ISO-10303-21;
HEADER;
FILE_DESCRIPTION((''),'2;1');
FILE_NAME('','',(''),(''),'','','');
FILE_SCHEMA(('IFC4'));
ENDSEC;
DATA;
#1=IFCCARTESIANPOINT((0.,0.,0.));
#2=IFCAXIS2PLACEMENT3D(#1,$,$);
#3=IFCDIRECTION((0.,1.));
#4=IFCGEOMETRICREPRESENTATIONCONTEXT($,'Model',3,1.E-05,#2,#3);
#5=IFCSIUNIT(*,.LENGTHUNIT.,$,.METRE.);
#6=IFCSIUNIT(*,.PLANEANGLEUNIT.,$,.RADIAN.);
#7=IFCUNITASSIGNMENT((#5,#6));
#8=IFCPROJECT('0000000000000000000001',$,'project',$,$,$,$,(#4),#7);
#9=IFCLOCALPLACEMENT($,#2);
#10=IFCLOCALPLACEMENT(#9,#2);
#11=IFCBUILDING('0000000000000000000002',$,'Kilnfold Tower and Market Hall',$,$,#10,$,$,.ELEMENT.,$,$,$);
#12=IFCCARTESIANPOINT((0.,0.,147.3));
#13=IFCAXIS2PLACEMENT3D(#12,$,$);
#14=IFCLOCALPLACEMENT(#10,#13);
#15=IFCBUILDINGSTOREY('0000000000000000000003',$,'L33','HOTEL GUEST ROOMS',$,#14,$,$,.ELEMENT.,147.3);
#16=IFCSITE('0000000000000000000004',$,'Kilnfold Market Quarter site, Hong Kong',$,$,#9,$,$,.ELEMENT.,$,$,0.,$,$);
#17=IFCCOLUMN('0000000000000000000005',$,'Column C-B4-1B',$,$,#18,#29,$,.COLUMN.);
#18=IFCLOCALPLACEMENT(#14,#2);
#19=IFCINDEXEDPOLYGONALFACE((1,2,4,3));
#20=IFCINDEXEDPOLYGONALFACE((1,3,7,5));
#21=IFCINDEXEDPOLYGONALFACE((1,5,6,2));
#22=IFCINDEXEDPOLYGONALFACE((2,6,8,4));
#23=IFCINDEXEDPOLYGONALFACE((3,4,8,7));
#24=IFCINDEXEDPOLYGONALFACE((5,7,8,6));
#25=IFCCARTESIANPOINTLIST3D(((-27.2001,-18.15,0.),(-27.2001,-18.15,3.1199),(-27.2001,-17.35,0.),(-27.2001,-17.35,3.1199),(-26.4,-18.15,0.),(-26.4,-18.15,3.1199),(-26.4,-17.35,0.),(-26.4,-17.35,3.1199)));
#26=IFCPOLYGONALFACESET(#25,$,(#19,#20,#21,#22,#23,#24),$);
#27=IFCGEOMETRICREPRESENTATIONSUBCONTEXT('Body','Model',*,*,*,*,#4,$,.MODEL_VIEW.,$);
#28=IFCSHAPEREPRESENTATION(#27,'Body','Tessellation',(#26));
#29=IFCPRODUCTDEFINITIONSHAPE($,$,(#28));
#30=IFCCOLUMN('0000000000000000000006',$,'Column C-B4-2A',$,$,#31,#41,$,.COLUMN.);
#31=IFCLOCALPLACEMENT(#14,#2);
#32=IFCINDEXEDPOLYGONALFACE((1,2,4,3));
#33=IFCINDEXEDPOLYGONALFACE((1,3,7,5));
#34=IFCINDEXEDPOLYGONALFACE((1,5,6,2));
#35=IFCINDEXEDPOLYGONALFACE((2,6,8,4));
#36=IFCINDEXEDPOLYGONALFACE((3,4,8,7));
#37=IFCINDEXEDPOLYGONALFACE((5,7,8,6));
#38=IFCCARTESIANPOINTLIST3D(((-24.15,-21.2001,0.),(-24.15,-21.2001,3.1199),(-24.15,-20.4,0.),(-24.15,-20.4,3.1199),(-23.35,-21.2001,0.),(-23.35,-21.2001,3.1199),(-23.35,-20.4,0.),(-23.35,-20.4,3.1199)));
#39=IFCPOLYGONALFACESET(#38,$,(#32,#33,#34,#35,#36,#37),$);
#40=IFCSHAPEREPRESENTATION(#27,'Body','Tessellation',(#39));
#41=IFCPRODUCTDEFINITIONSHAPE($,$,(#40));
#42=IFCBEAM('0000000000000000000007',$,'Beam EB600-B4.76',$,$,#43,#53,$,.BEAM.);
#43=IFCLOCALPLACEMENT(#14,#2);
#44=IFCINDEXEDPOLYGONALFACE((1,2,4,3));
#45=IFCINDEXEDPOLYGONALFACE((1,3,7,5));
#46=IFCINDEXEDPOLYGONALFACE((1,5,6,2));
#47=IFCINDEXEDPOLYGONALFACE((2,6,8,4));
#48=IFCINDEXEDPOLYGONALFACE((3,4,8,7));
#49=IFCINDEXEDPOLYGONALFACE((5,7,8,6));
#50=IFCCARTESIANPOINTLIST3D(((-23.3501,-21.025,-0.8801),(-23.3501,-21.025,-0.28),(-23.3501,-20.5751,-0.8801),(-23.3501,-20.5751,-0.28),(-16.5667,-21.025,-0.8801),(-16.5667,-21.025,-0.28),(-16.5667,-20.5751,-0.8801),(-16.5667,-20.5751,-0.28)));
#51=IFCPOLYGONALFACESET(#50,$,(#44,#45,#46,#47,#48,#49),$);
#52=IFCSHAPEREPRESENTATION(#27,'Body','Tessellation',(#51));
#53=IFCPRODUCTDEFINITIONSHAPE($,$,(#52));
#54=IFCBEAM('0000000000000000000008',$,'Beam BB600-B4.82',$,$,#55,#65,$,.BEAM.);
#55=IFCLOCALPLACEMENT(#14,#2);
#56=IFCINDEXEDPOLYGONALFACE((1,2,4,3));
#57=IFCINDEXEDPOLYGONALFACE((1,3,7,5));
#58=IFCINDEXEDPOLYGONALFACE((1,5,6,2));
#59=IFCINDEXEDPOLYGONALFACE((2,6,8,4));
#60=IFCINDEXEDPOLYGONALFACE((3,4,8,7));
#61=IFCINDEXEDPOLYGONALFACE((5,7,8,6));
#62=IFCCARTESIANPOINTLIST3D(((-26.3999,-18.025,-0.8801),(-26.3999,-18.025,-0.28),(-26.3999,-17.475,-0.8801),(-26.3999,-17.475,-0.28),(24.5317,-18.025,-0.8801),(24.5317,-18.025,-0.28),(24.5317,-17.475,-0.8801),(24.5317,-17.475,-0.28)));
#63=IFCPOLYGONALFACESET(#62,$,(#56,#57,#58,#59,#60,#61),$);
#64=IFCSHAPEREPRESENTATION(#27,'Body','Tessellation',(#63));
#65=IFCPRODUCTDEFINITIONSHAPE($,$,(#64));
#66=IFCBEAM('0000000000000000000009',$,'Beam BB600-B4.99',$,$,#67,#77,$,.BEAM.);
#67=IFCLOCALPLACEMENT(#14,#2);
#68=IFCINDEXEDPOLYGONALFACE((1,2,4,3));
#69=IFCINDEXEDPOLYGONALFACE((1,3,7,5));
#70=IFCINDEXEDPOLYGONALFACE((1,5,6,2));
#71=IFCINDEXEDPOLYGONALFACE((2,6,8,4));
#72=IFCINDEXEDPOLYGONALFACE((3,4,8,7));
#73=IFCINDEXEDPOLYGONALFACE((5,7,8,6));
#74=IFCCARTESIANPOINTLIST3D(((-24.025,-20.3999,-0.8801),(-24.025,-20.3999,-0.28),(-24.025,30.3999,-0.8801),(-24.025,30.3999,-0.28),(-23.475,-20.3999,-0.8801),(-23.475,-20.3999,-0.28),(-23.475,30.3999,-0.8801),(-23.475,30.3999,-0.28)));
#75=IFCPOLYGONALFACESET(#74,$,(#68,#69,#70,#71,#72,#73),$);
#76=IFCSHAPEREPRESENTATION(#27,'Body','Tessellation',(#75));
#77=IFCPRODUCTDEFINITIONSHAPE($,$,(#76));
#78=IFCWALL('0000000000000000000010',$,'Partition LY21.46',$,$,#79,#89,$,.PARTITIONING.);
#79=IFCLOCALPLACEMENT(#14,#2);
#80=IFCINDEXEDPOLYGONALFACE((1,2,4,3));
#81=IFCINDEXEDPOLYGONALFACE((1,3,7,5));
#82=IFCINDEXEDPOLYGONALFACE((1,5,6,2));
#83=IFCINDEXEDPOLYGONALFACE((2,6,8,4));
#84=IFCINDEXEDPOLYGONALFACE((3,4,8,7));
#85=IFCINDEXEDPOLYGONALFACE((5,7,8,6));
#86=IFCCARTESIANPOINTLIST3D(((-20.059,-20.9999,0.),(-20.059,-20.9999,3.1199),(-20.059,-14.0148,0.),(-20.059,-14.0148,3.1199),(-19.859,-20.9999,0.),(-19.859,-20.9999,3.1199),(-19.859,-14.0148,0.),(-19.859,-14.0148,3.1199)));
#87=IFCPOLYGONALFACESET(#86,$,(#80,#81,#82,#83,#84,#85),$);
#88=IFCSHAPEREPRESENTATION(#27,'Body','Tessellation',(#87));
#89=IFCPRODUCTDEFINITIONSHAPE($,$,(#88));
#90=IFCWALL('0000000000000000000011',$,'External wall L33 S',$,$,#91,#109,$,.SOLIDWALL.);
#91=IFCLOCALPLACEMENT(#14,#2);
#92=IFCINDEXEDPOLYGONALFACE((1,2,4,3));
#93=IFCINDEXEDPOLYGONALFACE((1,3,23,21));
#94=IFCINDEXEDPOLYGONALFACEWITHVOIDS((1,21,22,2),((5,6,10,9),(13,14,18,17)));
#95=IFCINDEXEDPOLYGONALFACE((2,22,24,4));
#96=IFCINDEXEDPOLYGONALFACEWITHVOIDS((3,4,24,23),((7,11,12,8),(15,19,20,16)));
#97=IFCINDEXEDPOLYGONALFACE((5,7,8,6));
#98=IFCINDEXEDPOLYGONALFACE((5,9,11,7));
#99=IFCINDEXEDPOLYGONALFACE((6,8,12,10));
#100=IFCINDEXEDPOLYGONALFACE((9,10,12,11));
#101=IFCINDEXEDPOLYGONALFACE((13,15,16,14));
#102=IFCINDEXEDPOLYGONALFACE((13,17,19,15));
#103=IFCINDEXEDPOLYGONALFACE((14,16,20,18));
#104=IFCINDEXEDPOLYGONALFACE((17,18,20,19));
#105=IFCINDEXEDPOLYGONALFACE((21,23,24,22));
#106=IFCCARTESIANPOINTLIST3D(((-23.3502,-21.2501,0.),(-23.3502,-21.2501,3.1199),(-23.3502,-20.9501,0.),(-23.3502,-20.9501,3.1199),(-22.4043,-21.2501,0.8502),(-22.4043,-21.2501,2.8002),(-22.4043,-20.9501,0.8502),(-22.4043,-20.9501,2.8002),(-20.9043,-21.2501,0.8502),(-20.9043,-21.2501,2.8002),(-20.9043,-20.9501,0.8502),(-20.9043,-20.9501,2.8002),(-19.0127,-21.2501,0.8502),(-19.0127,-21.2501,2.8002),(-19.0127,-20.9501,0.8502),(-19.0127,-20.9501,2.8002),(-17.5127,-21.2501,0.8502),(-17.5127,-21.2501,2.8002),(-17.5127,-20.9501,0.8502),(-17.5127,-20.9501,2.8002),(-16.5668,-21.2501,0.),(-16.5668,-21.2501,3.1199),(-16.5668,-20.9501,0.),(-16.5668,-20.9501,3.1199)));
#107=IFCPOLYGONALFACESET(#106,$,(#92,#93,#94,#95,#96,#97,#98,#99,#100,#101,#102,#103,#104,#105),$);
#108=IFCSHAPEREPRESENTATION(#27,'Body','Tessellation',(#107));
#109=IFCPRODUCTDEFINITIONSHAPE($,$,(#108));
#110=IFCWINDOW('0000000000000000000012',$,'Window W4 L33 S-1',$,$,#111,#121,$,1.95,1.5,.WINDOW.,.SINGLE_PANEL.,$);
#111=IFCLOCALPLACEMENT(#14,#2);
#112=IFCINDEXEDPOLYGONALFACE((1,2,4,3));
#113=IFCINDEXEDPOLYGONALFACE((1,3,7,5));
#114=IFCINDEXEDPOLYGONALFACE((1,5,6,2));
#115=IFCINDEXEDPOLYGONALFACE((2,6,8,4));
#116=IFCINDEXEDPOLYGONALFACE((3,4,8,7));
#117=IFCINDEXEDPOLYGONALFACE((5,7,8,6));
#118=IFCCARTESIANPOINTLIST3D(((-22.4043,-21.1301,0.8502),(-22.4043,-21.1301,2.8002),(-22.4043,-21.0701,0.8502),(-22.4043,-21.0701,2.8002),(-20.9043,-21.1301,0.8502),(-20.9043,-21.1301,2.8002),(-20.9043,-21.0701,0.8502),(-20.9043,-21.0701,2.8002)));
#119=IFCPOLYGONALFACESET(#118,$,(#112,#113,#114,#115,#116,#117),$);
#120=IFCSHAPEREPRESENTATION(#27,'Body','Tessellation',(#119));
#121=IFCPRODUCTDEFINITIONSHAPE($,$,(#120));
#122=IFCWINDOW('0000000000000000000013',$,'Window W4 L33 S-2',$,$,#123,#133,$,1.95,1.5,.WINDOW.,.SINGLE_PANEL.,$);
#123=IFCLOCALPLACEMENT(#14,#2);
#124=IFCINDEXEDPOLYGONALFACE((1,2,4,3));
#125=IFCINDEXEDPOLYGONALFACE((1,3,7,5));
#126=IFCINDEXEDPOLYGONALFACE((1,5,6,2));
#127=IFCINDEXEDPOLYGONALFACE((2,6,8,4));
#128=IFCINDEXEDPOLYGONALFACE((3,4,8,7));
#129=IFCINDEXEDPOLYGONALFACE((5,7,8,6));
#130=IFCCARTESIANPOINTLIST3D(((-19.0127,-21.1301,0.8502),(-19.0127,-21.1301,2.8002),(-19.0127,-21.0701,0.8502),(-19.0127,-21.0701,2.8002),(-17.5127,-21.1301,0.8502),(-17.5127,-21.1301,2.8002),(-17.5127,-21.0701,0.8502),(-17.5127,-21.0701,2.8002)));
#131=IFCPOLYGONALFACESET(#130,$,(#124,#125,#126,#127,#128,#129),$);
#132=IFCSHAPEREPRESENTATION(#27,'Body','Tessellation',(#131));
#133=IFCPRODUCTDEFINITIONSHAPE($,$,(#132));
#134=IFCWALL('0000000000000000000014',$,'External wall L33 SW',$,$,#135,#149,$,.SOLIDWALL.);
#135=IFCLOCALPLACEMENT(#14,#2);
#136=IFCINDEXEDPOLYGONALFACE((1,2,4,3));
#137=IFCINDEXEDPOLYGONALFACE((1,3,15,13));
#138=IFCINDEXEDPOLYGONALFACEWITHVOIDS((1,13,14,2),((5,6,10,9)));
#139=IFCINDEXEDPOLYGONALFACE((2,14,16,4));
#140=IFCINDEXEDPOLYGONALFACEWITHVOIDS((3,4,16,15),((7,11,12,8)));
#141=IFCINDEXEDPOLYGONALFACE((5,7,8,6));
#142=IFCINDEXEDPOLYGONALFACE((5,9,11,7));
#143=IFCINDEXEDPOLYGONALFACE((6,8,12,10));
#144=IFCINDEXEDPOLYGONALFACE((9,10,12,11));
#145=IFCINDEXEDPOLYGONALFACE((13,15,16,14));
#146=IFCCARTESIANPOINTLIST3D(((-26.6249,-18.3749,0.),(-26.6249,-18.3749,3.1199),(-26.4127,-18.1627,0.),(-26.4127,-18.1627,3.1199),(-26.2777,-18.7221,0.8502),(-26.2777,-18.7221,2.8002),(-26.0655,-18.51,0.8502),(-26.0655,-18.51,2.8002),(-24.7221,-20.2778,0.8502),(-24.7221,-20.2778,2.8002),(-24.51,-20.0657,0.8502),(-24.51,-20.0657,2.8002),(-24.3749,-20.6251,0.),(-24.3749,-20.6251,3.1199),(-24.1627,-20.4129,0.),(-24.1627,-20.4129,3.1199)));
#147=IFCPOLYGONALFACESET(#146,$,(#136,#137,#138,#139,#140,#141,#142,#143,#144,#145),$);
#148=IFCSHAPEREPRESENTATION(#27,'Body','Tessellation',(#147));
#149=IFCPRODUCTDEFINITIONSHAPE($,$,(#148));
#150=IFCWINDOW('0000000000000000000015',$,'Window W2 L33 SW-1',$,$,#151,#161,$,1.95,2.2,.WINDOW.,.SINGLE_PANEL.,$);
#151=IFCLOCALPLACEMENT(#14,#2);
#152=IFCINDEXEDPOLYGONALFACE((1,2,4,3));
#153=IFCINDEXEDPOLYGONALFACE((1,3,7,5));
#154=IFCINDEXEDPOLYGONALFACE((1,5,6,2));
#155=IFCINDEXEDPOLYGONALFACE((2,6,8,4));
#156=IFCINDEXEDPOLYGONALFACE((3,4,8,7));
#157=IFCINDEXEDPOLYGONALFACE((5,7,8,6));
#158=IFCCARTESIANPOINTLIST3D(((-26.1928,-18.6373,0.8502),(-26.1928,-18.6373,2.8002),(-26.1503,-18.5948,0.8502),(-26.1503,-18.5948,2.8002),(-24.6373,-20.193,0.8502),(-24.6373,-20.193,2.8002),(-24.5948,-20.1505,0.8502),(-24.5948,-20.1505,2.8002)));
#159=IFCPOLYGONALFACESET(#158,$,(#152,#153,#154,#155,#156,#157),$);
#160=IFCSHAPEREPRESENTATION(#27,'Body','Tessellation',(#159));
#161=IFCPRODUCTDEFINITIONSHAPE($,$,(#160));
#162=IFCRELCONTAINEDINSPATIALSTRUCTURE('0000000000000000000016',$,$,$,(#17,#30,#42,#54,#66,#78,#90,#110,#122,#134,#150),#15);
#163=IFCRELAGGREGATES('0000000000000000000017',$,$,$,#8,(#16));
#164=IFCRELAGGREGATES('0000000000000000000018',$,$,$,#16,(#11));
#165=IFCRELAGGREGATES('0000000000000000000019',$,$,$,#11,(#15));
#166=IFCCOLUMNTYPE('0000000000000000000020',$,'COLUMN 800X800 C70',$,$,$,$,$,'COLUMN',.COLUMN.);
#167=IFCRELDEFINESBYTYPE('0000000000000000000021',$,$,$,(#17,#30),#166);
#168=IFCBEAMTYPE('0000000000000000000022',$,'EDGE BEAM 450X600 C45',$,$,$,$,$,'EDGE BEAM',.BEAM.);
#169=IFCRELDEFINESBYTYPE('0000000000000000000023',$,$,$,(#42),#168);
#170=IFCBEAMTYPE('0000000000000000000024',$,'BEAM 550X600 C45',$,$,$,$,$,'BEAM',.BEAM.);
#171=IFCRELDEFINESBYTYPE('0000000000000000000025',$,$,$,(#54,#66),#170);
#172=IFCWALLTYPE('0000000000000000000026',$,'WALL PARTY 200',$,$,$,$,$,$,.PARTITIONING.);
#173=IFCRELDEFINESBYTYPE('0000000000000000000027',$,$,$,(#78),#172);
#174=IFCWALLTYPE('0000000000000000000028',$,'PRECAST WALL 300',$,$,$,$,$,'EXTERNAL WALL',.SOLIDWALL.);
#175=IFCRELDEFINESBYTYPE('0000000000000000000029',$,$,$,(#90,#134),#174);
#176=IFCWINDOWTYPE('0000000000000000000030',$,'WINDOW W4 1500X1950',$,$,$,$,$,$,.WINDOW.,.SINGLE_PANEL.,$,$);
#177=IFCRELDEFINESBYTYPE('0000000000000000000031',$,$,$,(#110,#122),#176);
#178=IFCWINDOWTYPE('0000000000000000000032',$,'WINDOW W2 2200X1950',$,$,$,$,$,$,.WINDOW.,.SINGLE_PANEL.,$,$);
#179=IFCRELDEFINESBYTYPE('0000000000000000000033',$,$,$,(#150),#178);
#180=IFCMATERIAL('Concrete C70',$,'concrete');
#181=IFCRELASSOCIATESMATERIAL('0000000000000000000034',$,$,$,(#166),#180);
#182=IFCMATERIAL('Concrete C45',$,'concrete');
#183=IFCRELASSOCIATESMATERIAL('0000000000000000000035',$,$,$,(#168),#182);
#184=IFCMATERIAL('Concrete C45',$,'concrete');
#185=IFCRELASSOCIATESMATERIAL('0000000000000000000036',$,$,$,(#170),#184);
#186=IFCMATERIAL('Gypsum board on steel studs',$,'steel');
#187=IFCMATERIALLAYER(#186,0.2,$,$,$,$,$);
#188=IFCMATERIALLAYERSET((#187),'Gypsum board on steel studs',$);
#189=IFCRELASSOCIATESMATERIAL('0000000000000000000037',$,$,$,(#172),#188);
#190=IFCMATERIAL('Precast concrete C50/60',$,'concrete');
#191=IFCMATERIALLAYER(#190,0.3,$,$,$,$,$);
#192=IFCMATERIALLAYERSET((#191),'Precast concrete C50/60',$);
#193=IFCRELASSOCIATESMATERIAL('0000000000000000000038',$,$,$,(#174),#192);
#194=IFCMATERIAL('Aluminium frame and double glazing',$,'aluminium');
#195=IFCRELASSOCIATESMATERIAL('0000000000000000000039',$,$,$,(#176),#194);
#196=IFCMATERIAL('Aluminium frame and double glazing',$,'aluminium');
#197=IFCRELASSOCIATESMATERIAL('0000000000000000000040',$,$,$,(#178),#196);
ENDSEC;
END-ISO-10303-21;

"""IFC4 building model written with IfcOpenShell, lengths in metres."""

from ifc_helpers import new_model, si_unit, direction, frame, frame_2d, origin, origin_2d, place, context, subcontext, project, spatial, rectangle, extrude, source, transform, mapped, material, layer, layer_set, material_profile, profile_set, type_object, element, fill, save


model = new_model("IFC4")

# Units and contexts
model_context = context("Model", 3, precision=1e-05, world=origin(), true_north=direction((0.0, 1.0)))
body_context = subcontext(model_context, "Body", "Model", "MODEL_VIEW")
ifc_project = project(units=[si_unit("LENGTHUNIT", "METRE"), si_unit("PLANEANGLEUNIT", "RADIAN")], contexts=[model_context])

# Site, building, storey
site_placement = place(None, origin())
site = spatial("IfcSite", under=ifc_project, at=site_placement, Name="Kilnfold Market Quarter site, Hong Kong", CompositionType="ELEMENT", RefElevation=0.0)
building_placement = place(site_placement, origin())
building = spatial("IfcBuilding", under=site, at=building_placement, Name="Kilnfold Tower and Market Hall", CompositionType="ELEMENT")
storey_placement = place(building_placement, frame((0.0, 0.0, 147.3)))
storey = spatial("IfcBuildingStorey", under=building, at=storey_placement, Name="L33", Description="HOTEL GUEST ROOMS", CompositionType="ELEMENT", Elevation=147.3)

# Columns
ifc_material_1 = material(Name="Concrete C70", Category="concrete")
ifc_material_profile_1 = material_profile(ifc_material_1, rectangle(XDim=0.8, YDim=0.8, at=origin_2d()), Name="RC 800x800")
ifc_profile_set_1 = profile_set([ifc_material_profile_1], Name="Concrete C70")
column_type = type_object("IfcColumnType", Name="COLUMN 800X800 C70", ElementType="COLUMN", PredefinedType="COLUMN", material=ifc_profile_set_1)
shared_shape_1 = source(origin(), body_context, "Body", "SweptSolid", [
    extrude(rectangle(XDim=0.8, YDim=0.8, at=origin_2d()), origin(), (0.0, 0.0, 1.0), 3.1199),
])
for number, where, z_axis, x_axis, name in (
    (1, (-26.8, -17.75, 0.0), (0.0, 0.0, 1.0), (1.0, 0.0, 0.0), "Column C-B4-1B"),
    (2, (-23.75, -20.8, 0.0), (0.0, 0.0, 1.0), (1.0, 0.0, 0.0), "Column C-B4-2A"),
):
    element("IfcColumn", number, at=place(storey_placement, frame(where, z_axis=z_axis, x_axis=x_axis)), inside=storey, type_object=column_type, Name=name, PredefinedType="COLUMN", context=body_context, shape_type="MappedRepresentation", body=[
        mapped(shared_shape_1, transform((0.0, 0.0, 0.0))),
    ])

# Beams
ifc_material_2 = material(Name="Concrete C45", Category="concrete")
ifc_material_profile_2 = material_profile(ifc_material_2, rectangle(XDim=0.45, YDim=0.6001, at=origin_2d()), Name="RC 450x600")
ifc_profile_set_2 = profile_set([ifc_material_profile_2], Name="Concrete C45")
beam_type_1 = type_object("IfcBeamType", Name="EDGE BEAM 450X600 C45", ElementType="EDGE BEAM", PredefinedType="BEAM", material=ifc_profile_set_2)
shared_shape_2 = source(origin(), body_context, "Body", "SweptSolid", [
    extrude(rectangle(XDim=0.45, YDim=0.6001, at=origin_2d()), origin(), (0.0, 0.0, 1.0), 6.7834),
])
beam_1_placement = place(storey_placement, frame((-23.3501, -20.8, -0.5801), z_axis=(1.0, 0.0, 0.0), x_axis=(0.0, 1.0, 0.0)))
element("IfcBeam", 3, at=beam_1_placement, inside=storey, type_object=beam_type_1, Name="Beam EB600-B4.76", PredefinedType="BEAM", context=body_context, shape_type="MappedRepresentation", body=[
    mapped(shared_shape_2, transform((0.0, 0.0, 0.0))),
])
ifc_material_3 = material(Name="Concrete C45", Category="concrete")
ifc_material_profile_3 = material_profile(ifc_material_3, rectangle(XDim=0.55, YDim=0.6001, at=origin_2d()), Name="RC 550x600")
ifc_profile_set_3 = profile_set([ifc_material_profile_3], Name="Concrete C45")
beam_type_2 = type_object("IfcBeamType", Name="BEAM 550X600 C45", ElementType="BEAM", PredefinedType="BEAM", material=ifc_profile_set_3)
shared_shape_3 = source(origin(), body_context, "Body", "SweptSolid", [
    extrude(rectangle(XDim=0.55, YDim=0.6001, at=origin_2d()), origin(), (0.0, 0.0, 1.0), 50.9316),
])
beam_2_placement = place(storey_placement, frame((-26.3999, -17.75, -0.5801), z_axis=(1.0, 0.0, 0.0), x_axis=(0.0, 1.0, 0.0)))
element("IfcBeam", 4, at=beam_2_placement, inside=storey, type_object=beam_type_2, Name="Beam BB600-B4.82", PredefinedType="BEAM", context=body_context, shape_type="MappedRepresentation", body=[
    mapped(shared_shape_3, transform((0.0, 0.0, 0.0))),
])
shared_shape_4 = source(origin(), body_context, "Body", "SweptSolid", [
    extrude(rectangle(XDim=0.55, YDim=0.6001, at=origin_2d()), origin(), (0.0, 0.0, 1.0), 50.7998),
])
beam_3_placement = place(storey_placement, frame((-23.75, -20.3999, -0.5801), z_axis=(0.0, 1.0, 0.0), x_axis=(-1.0, 0.0, 0.0)))
element("IfcBeam", 5, at=beam_3_placement, inside=storey, type_object=beam_type_2, Name="Beam BB600-B4.99", PredefinedType="BEAM", context=body_context, shape_type="MappedRepresentation", body=[
    mapped(shared_shape_4, transform((0.0, 0.0, 0.0))),
])

# Wall
ifc_material_4 = material(Name="Gypsum board on steel studs", Category="steel")
ifc_layer_1 = layer(ifc_material_4, 0.2)
ifc_layer_set_1 = layer_set([ifc_layer_1], Name="Gypsum board on steel studs")
wall_type_1 = type_object("IfcWallType", Name="WALL PARTY 200", PredefinedType="PARTITIONING", material=ifc_layer_set_1)
wall_1_placement = place(storey_placement, frame((-19.959, -21.0, 0.0), z_axis=(0.0, 0.0, 1.0), x_axis=(0.0, 1.0, 0.0)))
element("IfcWall", 6, at=wall_1_placement, inside=storey, type_object=wall_type_1, Name="Partition LY21.46", PredefinedType="PARTITIONING", context=body_context, shape_type="SweptSolid", body=[
    extrude(rectangle(XDim=6.9851, YDim=0.2, at=frame_2d((3.4927, 0.0))), origin(), (0.0, 0.0, 1.0), 3.1199),
])

# Wall, openings, windows
ifc_material_5 = material(Name="Precast concrete C50/60", Category="concrete")
ifc_layer_2 = layer(ifc_material_5, 0.3)
ifc_layer_set_2 = layer_set([ifc_layer_2], Name="Precast concrete C50/60")
wall_type_2 = type_object("IfcWallType", Name="PRECAST WALL 300", ElementType="EXTERNAL WALL", PredefinedType="SOLIDWALL", material=ifc_layer_set_2)
shared_shape_5 = source(origin(), body_context, "Body", "SweptSolid", [
    extrude(rectangle(XDim=6.7834, YDim=0.3, at=frame_2d((3.3916, 0.0))), origin(), (0.0, 0.0, 1.0), 3.1199),
])
wall_2_placement = place(storey_placement, frame((-23.3501, -21.1001, 0.0), z_axis=(0.0, 0.0, 1.0), x_axis=(1.0, 0.0, 0.0)))
wall_2 = element("IfcWall", 7, at=wall_2_placement, inside=storey, type_object=wall_type_2, Name="External wall L33 S", PredefinedType="SOLIDWALL", context=body_context, shape_type="MappedRepresentation", body=[
    mapped(shared_shape_5, transform((0.0, 0.0, 0.0))),
])
opening_1_placement = place(wall_2_placement, frame((0.9458, 0.0, 0.8501)))
opening_1 = element("IfcOpeningElement", 8, at=opening_1_placement, cuts=wall_2, PredefinedType="OPENING", context=body_context, shape_type="SweptSolid", body=[
    extrude(rectangle(XDim=1.5, YDim=1.95, at=frame_2d((0.75, 0.9751))), frame((0.0, 0.1602, 0.0), z_axis=(0.0, -1.0, 0.0), x_axis=(1.0, 0.0, 0.0)), (0.0, 0.0, 1.0), 0.3201),
])
opening_2_placement = place(wall_2_placement, frame((4.3374, 0.0, 0.8501)))
opening_2 = element("IfcOpeningElement", 9, at=opening_2_placement, cuts=wall_2, PredefinedType="OPENING", context=body_context, shape_type="SweptSolid", body=[
    extrude(rectangle(XDim=1.5, YDim=1.95, at=frame_2d((0.75, 0.9751))), frame((0.0, 0.1602, 0.0), z_axis=(0.0, -1.0, 0.0), x_axis=(1.0, 0.0, 0.0)), (0.0, 0.0, 1.0), 0.3201),
])
ifc_material_6 = material(Name="Aluminium frame and double glazing", Category="aluminium")
window_type_1 = type_object("IfcWindowType", Name="WINDOW W4 1500X1950", PartitioningType="SINGLE_PANEL", PredefinedType="WINDOW", material=ifc_material_6)
window_1_placement = place(opening_1_placement, origin())
window_1 = element("IfcWindow", 10, at=window_1_placement, inside=storey, type_object=window_type_1, Name="Window W4 L33 S-1", OverallHeight=1.95, OverallWidth=1.5, PartitioningType="SINGLE_PANEL", PredefinedType="WINDOW", context=body_context, shape_type="SweptSolid", body=[
    extrude(rectangle(XDim=1.5, YDim=1.95, at=frame_2d((0.75, 0.9751))), frame((0.0, 0.03, 0.0), z_axis=(0.0, -1.0, 0.0), x_axis=(1.0, 0.0, 0.0)), (0.0, 0.0, 1.0), 0.0601),
])
fill(opening_1, window_1)
window_2_placement = place(opening_2_placement, origin())
window_2 = element("IfcWindow", 11, at=window_2_placement, inside=storey, type_object=window_type_1, Name="Window W4 L33 S-2", OverallHeight=1.95, OverallWidth=1.5, PartitioningType="SINGLE_PANEL", PredefinedType="WINDOW", context=body_context, shape_type="SweptSolid", body=[
    extrude(rectangle(XDim=1.5, YDim=1.95, at=frame_2d((0.75, 0.9751))), frame((0.0, 0.03, 0.0), z_axis=(0.0, -1.0, 0.0), x_axis=(1.0, 0.0, 0.0)), (0.0, 0.0, 1.0), 0.0601),
])
fill(opening_2, window_2)

# Wall, opening, window
shared_shape_6 = source(origin(), body_context, "Body", "SweptSolid", [
    extrude(rectangle(XDim=3.1821, YDim=0.3, at=frame_2d((1.5911, 0.0))), origin(), (0.0, 0.0, 1.0), 3.1199),
])
wall_3_placement = place(storey_placement, frame((-26.5188, -18.2688, 0.0), z_axis=(0.0, 0.0, 1.0), x_axis=(0.707068, -0.707145, 0.0)))
wall_3 = element("IfcWall", 12, at=wall_3_placement, inside=storey, type_object=wall_type_2, Name="External wall L33 SW", PredefinedType="SOLIDWALL", context=body_context, shape_type="MappedRepresentation", body=[
    mapped(shared_shape_6, transform((0.0, 0.0, 0.0))),
])
opening_3_placement = place(wall_3_placement, frame((0.491, 0.0, 0.8501)))
opening_3 = element("IfcOpeningElement", 13, at=opening_3_placement, cuts=wall_3, PredefinedType="OPENING", context=body_context, shape_type="SweptSolid", body=[
    extrude(rectangle(XDim=2.2, YDim=1.95, at=frame_2d((1.1001, 0.9751))), frame((0.0, 0.1602, 0.0), z_axis=(0.0, -1.0, 0.0), x_axis=(1.0, 0.0, 0.0)), (0.0, 0.0, 1.0), 0.3201),
])
ifc_material_7 = material(Name="Aluminium frame and double glazing", Category="aluminium")
window_type_2 = type_object("IfcWindowType", Name="WINDOW W2 2200X1950", PartitioningType="SINGLE_PANEL", PredefinedType="WINDOW", material=ifc_material_7)
window_3_placement = place(opening_3_placement, origin())
window_3 = element("IfcWindow", 14, at=window_3_placement, inside=storey, type_object=window_type_2, Name="Window W2 L33 SW-1", OverallHeight=1.95, OverallWidth=2.2, PartitioningType="SINGLE_PANEL", PredefinedType="WINDOW", context=body_context, shape_type="SweptSolid", body=[
    extrude(rectangle(XDim=2.2, YDim=1.95, at=frame_2d((1.1001, 0.9751))), frame((0.0, 0.03, 0.0), z_axis=(0.0, -1.0, 0.0), x_axis=(1.0, 0.0, 0.0)), (0.0, 0.0, 1.0), 0.0601),
])
fill(opening_3, window_3)

save(model, "model.ifc")
